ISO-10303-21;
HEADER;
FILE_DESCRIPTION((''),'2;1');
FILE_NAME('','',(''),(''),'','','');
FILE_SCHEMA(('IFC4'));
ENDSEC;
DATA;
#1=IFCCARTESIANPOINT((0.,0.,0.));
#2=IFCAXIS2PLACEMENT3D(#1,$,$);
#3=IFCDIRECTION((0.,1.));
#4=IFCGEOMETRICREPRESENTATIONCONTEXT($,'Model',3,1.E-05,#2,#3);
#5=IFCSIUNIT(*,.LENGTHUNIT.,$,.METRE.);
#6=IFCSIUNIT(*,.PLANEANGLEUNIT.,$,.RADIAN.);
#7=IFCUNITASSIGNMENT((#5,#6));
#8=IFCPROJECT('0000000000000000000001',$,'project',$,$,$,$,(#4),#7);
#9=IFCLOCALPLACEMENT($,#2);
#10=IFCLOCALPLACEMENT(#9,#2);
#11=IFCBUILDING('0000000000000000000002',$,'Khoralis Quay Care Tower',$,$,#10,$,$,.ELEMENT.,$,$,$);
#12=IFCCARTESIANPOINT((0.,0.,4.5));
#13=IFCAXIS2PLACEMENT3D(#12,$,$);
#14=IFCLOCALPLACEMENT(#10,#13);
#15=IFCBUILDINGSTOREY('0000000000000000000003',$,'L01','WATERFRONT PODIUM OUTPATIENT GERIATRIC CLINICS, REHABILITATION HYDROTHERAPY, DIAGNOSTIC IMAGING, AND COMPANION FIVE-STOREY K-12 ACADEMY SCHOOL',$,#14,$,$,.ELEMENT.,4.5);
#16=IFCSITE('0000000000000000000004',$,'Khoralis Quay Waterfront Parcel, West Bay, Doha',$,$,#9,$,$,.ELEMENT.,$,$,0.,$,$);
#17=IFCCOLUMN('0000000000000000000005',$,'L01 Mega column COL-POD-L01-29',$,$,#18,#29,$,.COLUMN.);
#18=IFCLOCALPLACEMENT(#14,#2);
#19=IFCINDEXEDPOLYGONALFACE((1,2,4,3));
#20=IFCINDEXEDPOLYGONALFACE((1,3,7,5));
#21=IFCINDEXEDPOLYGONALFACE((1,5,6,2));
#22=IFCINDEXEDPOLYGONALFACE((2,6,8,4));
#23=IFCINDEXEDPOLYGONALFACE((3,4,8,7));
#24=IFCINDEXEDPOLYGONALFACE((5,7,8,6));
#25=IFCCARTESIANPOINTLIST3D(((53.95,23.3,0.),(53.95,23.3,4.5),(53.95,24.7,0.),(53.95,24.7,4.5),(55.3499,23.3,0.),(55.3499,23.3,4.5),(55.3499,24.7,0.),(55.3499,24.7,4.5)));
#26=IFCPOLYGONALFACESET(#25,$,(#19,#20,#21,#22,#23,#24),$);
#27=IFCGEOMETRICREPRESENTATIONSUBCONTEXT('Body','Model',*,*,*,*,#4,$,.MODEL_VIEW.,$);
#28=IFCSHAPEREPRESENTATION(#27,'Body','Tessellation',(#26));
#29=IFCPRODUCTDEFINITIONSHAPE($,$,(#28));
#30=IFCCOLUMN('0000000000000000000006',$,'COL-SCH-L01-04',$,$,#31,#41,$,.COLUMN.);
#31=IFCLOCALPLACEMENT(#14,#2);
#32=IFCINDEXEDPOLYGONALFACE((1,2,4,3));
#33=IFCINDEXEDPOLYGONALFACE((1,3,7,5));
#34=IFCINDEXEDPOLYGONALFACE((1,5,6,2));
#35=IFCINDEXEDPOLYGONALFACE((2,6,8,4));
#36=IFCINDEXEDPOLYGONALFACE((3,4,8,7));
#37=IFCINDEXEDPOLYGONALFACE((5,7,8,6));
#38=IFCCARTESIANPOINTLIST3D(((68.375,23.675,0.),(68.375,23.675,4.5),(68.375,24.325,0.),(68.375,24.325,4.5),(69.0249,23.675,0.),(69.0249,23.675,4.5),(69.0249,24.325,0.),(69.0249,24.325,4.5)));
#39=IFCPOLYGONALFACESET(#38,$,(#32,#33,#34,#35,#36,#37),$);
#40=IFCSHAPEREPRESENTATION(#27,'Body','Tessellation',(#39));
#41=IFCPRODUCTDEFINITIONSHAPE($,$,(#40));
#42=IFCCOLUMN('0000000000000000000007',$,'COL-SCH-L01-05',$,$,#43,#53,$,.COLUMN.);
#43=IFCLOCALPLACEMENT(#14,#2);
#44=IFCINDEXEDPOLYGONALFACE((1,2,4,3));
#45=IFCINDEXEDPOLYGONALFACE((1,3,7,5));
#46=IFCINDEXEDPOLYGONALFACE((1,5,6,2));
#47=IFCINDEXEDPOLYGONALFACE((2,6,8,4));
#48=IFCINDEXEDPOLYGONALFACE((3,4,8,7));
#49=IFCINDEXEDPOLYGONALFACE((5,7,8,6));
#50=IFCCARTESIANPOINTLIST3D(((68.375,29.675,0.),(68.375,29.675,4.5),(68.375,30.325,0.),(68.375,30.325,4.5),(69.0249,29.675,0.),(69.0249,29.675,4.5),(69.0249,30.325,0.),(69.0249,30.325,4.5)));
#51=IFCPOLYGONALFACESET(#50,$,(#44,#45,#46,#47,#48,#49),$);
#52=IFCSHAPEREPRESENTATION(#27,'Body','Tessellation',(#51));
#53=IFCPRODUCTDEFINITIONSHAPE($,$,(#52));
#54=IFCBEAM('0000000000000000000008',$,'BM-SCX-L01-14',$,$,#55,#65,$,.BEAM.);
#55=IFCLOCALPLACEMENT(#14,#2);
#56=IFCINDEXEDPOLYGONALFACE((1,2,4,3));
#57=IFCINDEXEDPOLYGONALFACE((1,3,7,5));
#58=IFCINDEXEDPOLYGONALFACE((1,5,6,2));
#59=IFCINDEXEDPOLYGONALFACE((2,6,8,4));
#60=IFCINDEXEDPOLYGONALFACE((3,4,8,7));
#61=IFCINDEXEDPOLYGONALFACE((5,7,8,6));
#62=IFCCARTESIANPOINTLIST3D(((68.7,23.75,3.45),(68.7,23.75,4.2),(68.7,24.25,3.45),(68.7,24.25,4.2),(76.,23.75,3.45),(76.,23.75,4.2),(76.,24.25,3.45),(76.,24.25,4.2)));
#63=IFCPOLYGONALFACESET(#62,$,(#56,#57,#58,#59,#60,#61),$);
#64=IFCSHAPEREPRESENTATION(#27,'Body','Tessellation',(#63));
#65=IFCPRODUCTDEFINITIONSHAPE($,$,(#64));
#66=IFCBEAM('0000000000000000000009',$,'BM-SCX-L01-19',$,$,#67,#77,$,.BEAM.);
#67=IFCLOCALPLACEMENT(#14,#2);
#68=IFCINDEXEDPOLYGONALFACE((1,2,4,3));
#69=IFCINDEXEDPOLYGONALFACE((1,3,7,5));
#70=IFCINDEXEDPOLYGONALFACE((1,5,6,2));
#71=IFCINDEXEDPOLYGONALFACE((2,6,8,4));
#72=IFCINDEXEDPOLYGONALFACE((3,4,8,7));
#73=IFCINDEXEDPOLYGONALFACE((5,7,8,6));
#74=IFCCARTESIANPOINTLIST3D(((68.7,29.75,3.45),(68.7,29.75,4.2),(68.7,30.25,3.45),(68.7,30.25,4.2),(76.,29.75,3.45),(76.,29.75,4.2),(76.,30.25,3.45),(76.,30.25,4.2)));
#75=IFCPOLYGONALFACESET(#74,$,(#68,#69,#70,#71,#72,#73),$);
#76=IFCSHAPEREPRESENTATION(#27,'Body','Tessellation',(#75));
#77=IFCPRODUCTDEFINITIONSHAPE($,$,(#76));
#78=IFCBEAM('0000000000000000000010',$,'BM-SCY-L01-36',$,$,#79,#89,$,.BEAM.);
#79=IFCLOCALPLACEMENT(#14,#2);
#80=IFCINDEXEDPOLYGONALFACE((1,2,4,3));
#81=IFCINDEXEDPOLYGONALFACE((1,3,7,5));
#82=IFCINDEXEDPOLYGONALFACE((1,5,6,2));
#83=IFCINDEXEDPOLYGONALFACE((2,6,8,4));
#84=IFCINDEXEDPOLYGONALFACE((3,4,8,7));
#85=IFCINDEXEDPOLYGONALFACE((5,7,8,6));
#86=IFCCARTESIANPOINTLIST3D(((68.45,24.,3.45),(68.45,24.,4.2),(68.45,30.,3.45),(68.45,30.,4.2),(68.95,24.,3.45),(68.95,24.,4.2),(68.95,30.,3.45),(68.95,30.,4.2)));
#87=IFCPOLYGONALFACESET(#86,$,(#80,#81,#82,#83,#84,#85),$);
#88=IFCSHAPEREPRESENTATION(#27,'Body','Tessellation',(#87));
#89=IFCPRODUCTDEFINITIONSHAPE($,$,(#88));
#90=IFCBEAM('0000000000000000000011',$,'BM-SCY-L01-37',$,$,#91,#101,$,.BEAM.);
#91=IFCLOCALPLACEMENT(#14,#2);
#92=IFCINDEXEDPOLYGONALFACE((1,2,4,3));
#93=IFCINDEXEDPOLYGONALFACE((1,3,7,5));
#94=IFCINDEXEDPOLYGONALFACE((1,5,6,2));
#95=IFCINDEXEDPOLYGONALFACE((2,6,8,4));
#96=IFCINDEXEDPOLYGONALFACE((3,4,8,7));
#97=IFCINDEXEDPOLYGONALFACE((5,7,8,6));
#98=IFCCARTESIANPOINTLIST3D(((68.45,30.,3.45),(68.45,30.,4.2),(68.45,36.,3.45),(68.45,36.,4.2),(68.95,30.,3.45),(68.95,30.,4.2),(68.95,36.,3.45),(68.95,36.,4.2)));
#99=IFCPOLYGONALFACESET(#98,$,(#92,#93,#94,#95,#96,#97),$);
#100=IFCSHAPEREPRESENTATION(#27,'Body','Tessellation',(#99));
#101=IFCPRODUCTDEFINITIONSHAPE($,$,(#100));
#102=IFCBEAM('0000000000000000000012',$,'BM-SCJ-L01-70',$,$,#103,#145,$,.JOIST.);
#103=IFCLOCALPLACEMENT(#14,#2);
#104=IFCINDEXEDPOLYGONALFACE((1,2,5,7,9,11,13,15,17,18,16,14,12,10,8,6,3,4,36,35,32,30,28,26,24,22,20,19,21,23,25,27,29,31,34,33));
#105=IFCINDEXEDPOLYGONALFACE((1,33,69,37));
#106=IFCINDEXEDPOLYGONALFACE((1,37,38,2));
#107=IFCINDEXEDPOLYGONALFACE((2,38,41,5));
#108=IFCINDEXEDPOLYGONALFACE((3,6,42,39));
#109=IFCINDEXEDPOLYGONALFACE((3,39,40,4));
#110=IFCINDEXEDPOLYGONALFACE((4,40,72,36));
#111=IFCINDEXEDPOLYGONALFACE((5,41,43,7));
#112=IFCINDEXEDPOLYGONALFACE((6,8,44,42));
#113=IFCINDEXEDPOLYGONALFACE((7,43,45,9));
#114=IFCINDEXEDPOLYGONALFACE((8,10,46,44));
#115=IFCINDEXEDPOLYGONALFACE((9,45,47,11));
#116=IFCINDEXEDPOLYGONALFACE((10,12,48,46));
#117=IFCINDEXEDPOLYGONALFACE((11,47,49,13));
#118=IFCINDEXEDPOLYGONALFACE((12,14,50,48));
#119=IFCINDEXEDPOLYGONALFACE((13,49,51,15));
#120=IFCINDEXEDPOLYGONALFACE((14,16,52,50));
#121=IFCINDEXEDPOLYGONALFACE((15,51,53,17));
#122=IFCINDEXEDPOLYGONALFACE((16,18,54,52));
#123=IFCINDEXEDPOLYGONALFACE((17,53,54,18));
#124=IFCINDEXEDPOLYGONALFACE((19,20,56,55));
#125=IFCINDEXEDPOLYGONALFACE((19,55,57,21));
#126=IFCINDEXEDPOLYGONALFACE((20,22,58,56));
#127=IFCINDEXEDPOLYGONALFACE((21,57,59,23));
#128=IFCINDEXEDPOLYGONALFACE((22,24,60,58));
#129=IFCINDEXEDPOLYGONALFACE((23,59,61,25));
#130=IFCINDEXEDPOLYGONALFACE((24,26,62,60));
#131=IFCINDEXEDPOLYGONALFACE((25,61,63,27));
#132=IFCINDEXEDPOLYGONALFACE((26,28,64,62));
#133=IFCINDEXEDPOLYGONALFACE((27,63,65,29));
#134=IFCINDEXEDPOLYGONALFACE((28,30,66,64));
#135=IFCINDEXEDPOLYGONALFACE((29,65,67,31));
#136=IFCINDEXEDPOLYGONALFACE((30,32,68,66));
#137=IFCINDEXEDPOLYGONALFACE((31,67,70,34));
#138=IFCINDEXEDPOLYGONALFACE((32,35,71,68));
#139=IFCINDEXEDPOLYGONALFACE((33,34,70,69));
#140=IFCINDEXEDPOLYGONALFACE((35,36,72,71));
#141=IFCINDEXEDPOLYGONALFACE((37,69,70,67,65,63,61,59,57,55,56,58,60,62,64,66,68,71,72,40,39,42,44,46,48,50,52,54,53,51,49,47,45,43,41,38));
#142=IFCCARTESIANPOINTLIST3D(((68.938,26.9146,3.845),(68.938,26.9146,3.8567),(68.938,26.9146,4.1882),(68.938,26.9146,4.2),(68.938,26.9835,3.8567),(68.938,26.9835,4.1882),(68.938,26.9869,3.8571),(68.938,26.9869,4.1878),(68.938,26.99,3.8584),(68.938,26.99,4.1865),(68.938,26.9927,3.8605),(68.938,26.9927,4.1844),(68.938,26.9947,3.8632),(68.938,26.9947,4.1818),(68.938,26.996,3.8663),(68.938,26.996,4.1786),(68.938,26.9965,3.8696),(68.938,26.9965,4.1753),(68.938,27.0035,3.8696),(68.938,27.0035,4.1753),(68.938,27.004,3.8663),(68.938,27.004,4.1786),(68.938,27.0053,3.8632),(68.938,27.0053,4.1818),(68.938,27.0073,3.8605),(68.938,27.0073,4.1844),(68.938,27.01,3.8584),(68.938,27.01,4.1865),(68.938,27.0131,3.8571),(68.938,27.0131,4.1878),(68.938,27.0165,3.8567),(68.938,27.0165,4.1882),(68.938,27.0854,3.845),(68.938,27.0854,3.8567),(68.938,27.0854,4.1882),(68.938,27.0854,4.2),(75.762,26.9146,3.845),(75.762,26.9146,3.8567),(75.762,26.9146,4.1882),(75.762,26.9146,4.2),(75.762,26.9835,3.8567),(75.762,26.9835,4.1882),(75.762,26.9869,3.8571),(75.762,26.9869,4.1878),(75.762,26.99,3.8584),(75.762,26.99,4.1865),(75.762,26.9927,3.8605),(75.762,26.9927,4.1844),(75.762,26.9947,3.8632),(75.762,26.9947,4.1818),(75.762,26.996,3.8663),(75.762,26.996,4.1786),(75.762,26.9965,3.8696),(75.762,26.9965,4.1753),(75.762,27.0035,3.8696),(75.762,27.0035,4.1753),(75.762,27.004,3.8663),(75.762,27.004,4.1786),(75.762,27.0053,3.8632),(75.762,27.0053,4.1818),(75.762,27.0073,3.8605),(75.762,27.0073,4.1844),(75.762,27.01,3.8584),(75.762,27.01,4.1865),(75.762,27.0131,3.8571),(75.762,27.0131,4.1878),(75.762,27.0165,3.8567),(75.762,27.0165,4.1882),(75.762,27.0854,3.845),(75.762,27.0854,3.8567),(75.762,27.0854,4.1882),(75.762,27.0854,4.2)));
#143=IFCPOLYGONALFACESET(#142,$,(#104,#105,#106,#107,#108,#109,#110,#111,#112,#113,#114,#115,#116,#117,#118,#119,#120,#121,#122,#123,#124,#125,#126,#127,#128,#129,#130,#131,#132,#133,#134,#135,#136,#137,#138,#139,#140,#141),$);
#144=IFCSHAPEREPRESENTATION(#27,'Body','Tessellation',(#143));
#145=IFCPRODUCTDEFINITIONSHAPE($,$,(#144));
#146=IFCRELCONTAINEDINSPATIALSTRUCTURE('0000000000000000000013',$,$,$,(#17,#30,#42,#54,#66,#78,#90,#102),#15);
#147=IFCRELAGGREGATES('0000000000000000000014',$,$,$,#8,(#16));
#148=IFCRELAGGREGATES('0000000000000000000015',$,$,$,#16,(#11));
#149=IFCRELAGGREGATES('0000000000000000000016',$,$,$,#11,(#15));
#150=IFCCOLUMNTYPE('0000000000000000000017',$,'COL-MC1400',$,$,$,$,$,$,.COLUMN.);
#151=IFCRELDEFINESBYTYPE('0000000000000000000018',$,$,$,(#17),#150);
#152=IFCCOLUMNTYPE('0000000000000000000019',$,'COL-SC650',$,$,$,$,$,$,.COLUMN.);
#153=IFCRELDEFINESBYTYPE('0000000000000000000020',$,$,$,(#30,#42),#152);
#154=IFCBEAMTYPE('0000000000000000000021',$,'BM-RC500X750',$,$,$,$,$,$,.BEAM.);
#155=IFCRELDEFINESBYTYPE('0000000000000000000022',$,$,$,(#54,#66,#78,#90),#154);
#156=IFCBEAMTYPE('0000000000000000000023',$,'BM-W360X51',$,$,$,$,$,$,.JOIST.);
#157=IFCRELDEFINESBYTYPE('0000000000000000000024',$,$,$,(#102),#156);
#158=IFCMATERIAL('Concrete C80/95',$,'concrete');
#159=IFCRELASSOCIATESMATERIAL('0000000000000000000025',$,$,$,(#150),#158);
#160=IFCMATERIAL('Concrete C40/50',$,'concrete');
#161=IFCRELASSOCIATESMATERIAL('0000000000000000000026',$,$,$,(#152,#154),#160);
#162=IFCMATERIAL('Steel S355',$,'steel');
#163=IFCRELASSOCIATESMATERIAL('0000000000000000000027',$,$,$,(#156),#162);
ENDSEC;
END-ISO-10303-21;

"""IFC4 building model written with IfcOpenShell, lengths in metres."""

from ifc_helpers import new_model, si_unit, direction, frame, origin, origin_2d, place, context, subcontext, project, spatial, rectangle, i_section, extrude, source, transform, mapped, material, material_profile, profile_set, type_object, element, save


model = new_model("IFC4")

# Units and contexts
model_context = context("Model", 3, precision=1e-05, world=origin(), true_north=direction((0.0, 1.0)))
body_context = subcontext(model_context, "Body", "Model", "MODEL_VIEW")
ifc_project = project(units=[si_unit("LENGTHUNIT", "METRE"), si_unit("PLANEANGLEUNIT", "RADIAN")], contexts=[model_context])

# Site, building, storey
site_placement = place(None, origin())
site = spatial("IfcSite", under=ifc_project, at=site_placement, Name="Khoralis Quay Waterfront Parcel, West Bay, Doha", CompositionType="ELEMENT", RefElevation=0.0)
building_placement = place(site_placement, origin())
building = spatial("IfcBuilding", under=site, at=building_placement, Name="Khoralis Quay Care Tower", CompositionType="ELEMENT")
storey_placement = place(building_placement, frame((0.0, 0.0, 4.5)))
storey = spatial("IfcBuildingStorey", under=building, at=storey_placement, Name="L01", Description="WATERFRONT PODIUM OUTPATIENT GERIATRIC CLINICS, REHABILITATION HYDROTHERAPY, DIAGNOSTIC IMAGING, AND COMPANION FIVE-STOREY K-12 ACADEMY SCHOOL", CompositionType="ELEMENT", Elevation=4.5)

# Columns
ifc_material_1 = material(Name="Concrete C80/95", Category="concrete")
ifc_material_profile_1 = material_profile(ifc_material_1, rectangle(XDim=1.3999, YDim=1.3999, at=origin_2d()), Name="Concrete C80/95")
ifc_profile_set_1 = profile_set([ifc_material_profile_1], Name="Concrete C80/95")
column_type_1 = type_object("IfcColumnType", Name="COL-MC1400", PredefinedType="COLUMN", material=ifc_profile_set_1)
shared_shape_1 = source(origin(), body_context, "Body", "SweptSolid", [
    extrude(rectangle(XDim=1.3999, YDim=1.3999, at=origin_2d()), origin(), (0.0, 0.0, 1.0), 4.5),
])
column_placement = place(storey_placement, frame((54.6499, 24.0, 0.0), z_axis=(0.0, 0.0, 1.0), x_axis=(1.0, 0.0, 0.0)))
element("IfcColumn", 1, at=column_placement, inside=storey, type_object=column_type_1, Name="L01 Mega column COL-POD-L01-29", PredefinedType="COLUMN", context=body_context, shape_type="MappedRepresentation", body=[
    mapped(shared_shape_1, transform((0.0, 0.0, 0.0), scale=1.0)),
])
ifc_material_2 = material(Name="Concrete C40/50", Category="concrete")
ifc_material_profile_2 = material_profile(ifc_material_2, rectangle(XDim=0.6499, YDim=0.6499, at=origin_2d()), Name="Concrete C40/50")
ifc_profile_set_2 = profile_set([ifc_material_profile_2], Name="Concrete C40/50")
column_type_2 = type_object("IfcColumnType", Name="COL-SC650", PredefinedType="COLUMN", material=ifc_profile_set_2)
shared_shape_2 = source(origin(), body_context, "Body", "SweptSolid", [
    extrude(rectangle(XDim=0.6499, YDim=0.6499, at=origin_2d()), origin(), (0.0, 0.0, 1.0), 4.5),
])
for number, where, z_axis, x_axis, name in (
    (2, (68.7, 24.0, 0.0), (0.0, 0.0, 1.0), (1.0, 0.0, 0.0), "COL-SCH-L01-04"),
    (3, (68.7, 30.0, 0.0), (0.0, 0.0, 1.0), (1.0, 0.0, 0.0), "COL-SCH-L01-05"),
):
    element("IfcColumn", number, at=place(storey_placement, frame(where, z_axis=z_axis, x_axis=x_axis)), inside=storey, type_object=column_type_2, Name=name, PredefinedType="COLUMN", context=body_context, shape_type="MappedRepresentation", body=[
        mapped(shared_shape_2, transform((0.0, 0.0, 0.0), scale=1.0)),
    ])

# Beams
ifc_material_profile_3 = material_profile(ifc_material_2, rectangle(XDim=0.5, YDim=0.75, at=origin_2d()), Name="Concrete C40/50")
ifc_profile_set_3 = profile_set([ifc_material_profile_3], Name="Concrete C40/50")
beam_type_1 = type_object("IfcBeamType", Name="BM-RC500X750", PredefinedType="BEAM", material=ifc_profile_set_3)
shared_shape_3 = source(origin(), body_context, "Body", "SweptSolid", [
    extrude(rectangle(XDim=0.5, YDim=0.75, at=origin_2d()), origin(), (0.0, 0.0, 1.0), 7.3),
])
for number, where, z_axis, x_axis, name in (
    (4, (68.7, 24.0, 3.825), (1.0, 0.0, 0.0), (0.0, 1.0, 0.0), "BM-SCX-L01-14"),
    (5, (68.7, 30.0, 3.825), (1.0, 0.0, 0.0), (0.0, 1.0, 0.0), "BM-SCX-L01-19"),
):
    element("IfcBeam", number, at=place(storey_placement, frame(where, z_axis=z_axis, x_axis=x_axis)), inside=storey, type_object=beam_type_1, Name=name, PredefinedType="BEAM", context=body_context, shape_type="MappedRepresentation", body=[
        mapped(shared_shape_3, transform((0.0, 0.0, 0.0), scale=1.0)),
    ])
shared_shape_4 = source(origin(), body_context, "Body", "SweptSolid", [
    extrude(rectangle(XDim=0.5, YDim=0.75, at=origin_2d()), origin(), (0.0, 0.0, 1.0), 6.0),
])
for number, where, z_axis, x_axis, name in (
    (6, (68.7, 24.0, 3.825), (0.0, 1.0, 0.0), (-1.0, 0.0, 0.0), "BM-SCY-L01-36"),
    (7, (68.7, 30.0, 3.825), (0.0, 1.0, 0.0), (-1.0, 0.0, 0.0), "BM-SCY-L01-37"),
):
    element("IfcBeam", number, at=place(storey_placement, frame(where, z_axis=z_axis, x_axis=x_axis)), inside=storey, type_object=beam_type_1, Name=name, PredefinedType="BEAM", context=body_context, shape_type="MappedRepresentation", body=[
        mapped(shared_shape_4, transform((0.0, 0.0, 0.0), scale=1.0)),
    ])
ifc_material_3 = material(Name="Steel S355", Category="steel")
ifc_material_profile_4 = material_profile(ifc_material_3, i_section(OverallWidth=0.1709, OverallDepth=0.355, WebThickness=0.0071, FlangeThickness=0.0117, FilletRadius=0.0129, at=origin_2d()), Name="Steel S355")
ifc_profile_set_4 = profile_set([ifc_material_profile_4], Name="Steel S355")
beam_type_2 = type_object("IfcBeamType", Name="BM-W360X51", PredefinedType="JOIST", material=ifc_profile_set_4)
shared_shape_5 = source(origin(), body_context, "Body", "SweptSolid", [
    extrude(i_section(OverallWidth=0.1709, OverallDepth=0.355, WebThickness=0.0071, FlangeThickness=0.0117, FilletRadius=0.0129, at=origin_2d()), origin(), (0.0, 0.0, 1.0), 6.824),
])
beam_1_placement = place(storey_placement, frame((68.938, 27.0, 4.0225), z_axis=(1.0, 0.0, 0.0), x_axis=(0.0, 1.0, 0.0)))
element("IfcBeam", 8, at=beam_1_placement, inside=storey, type_object=beam_type_2, Name="BM-SCJ-L01-70", PredefinedType="JOIST", context=body_context, shape_type="MappedRepresentation", body=[
    mapped(shared_shape_5, transform((0.0, 0.0, 0.0), scale=1.0)),
])

save(model, "model.ifc")
